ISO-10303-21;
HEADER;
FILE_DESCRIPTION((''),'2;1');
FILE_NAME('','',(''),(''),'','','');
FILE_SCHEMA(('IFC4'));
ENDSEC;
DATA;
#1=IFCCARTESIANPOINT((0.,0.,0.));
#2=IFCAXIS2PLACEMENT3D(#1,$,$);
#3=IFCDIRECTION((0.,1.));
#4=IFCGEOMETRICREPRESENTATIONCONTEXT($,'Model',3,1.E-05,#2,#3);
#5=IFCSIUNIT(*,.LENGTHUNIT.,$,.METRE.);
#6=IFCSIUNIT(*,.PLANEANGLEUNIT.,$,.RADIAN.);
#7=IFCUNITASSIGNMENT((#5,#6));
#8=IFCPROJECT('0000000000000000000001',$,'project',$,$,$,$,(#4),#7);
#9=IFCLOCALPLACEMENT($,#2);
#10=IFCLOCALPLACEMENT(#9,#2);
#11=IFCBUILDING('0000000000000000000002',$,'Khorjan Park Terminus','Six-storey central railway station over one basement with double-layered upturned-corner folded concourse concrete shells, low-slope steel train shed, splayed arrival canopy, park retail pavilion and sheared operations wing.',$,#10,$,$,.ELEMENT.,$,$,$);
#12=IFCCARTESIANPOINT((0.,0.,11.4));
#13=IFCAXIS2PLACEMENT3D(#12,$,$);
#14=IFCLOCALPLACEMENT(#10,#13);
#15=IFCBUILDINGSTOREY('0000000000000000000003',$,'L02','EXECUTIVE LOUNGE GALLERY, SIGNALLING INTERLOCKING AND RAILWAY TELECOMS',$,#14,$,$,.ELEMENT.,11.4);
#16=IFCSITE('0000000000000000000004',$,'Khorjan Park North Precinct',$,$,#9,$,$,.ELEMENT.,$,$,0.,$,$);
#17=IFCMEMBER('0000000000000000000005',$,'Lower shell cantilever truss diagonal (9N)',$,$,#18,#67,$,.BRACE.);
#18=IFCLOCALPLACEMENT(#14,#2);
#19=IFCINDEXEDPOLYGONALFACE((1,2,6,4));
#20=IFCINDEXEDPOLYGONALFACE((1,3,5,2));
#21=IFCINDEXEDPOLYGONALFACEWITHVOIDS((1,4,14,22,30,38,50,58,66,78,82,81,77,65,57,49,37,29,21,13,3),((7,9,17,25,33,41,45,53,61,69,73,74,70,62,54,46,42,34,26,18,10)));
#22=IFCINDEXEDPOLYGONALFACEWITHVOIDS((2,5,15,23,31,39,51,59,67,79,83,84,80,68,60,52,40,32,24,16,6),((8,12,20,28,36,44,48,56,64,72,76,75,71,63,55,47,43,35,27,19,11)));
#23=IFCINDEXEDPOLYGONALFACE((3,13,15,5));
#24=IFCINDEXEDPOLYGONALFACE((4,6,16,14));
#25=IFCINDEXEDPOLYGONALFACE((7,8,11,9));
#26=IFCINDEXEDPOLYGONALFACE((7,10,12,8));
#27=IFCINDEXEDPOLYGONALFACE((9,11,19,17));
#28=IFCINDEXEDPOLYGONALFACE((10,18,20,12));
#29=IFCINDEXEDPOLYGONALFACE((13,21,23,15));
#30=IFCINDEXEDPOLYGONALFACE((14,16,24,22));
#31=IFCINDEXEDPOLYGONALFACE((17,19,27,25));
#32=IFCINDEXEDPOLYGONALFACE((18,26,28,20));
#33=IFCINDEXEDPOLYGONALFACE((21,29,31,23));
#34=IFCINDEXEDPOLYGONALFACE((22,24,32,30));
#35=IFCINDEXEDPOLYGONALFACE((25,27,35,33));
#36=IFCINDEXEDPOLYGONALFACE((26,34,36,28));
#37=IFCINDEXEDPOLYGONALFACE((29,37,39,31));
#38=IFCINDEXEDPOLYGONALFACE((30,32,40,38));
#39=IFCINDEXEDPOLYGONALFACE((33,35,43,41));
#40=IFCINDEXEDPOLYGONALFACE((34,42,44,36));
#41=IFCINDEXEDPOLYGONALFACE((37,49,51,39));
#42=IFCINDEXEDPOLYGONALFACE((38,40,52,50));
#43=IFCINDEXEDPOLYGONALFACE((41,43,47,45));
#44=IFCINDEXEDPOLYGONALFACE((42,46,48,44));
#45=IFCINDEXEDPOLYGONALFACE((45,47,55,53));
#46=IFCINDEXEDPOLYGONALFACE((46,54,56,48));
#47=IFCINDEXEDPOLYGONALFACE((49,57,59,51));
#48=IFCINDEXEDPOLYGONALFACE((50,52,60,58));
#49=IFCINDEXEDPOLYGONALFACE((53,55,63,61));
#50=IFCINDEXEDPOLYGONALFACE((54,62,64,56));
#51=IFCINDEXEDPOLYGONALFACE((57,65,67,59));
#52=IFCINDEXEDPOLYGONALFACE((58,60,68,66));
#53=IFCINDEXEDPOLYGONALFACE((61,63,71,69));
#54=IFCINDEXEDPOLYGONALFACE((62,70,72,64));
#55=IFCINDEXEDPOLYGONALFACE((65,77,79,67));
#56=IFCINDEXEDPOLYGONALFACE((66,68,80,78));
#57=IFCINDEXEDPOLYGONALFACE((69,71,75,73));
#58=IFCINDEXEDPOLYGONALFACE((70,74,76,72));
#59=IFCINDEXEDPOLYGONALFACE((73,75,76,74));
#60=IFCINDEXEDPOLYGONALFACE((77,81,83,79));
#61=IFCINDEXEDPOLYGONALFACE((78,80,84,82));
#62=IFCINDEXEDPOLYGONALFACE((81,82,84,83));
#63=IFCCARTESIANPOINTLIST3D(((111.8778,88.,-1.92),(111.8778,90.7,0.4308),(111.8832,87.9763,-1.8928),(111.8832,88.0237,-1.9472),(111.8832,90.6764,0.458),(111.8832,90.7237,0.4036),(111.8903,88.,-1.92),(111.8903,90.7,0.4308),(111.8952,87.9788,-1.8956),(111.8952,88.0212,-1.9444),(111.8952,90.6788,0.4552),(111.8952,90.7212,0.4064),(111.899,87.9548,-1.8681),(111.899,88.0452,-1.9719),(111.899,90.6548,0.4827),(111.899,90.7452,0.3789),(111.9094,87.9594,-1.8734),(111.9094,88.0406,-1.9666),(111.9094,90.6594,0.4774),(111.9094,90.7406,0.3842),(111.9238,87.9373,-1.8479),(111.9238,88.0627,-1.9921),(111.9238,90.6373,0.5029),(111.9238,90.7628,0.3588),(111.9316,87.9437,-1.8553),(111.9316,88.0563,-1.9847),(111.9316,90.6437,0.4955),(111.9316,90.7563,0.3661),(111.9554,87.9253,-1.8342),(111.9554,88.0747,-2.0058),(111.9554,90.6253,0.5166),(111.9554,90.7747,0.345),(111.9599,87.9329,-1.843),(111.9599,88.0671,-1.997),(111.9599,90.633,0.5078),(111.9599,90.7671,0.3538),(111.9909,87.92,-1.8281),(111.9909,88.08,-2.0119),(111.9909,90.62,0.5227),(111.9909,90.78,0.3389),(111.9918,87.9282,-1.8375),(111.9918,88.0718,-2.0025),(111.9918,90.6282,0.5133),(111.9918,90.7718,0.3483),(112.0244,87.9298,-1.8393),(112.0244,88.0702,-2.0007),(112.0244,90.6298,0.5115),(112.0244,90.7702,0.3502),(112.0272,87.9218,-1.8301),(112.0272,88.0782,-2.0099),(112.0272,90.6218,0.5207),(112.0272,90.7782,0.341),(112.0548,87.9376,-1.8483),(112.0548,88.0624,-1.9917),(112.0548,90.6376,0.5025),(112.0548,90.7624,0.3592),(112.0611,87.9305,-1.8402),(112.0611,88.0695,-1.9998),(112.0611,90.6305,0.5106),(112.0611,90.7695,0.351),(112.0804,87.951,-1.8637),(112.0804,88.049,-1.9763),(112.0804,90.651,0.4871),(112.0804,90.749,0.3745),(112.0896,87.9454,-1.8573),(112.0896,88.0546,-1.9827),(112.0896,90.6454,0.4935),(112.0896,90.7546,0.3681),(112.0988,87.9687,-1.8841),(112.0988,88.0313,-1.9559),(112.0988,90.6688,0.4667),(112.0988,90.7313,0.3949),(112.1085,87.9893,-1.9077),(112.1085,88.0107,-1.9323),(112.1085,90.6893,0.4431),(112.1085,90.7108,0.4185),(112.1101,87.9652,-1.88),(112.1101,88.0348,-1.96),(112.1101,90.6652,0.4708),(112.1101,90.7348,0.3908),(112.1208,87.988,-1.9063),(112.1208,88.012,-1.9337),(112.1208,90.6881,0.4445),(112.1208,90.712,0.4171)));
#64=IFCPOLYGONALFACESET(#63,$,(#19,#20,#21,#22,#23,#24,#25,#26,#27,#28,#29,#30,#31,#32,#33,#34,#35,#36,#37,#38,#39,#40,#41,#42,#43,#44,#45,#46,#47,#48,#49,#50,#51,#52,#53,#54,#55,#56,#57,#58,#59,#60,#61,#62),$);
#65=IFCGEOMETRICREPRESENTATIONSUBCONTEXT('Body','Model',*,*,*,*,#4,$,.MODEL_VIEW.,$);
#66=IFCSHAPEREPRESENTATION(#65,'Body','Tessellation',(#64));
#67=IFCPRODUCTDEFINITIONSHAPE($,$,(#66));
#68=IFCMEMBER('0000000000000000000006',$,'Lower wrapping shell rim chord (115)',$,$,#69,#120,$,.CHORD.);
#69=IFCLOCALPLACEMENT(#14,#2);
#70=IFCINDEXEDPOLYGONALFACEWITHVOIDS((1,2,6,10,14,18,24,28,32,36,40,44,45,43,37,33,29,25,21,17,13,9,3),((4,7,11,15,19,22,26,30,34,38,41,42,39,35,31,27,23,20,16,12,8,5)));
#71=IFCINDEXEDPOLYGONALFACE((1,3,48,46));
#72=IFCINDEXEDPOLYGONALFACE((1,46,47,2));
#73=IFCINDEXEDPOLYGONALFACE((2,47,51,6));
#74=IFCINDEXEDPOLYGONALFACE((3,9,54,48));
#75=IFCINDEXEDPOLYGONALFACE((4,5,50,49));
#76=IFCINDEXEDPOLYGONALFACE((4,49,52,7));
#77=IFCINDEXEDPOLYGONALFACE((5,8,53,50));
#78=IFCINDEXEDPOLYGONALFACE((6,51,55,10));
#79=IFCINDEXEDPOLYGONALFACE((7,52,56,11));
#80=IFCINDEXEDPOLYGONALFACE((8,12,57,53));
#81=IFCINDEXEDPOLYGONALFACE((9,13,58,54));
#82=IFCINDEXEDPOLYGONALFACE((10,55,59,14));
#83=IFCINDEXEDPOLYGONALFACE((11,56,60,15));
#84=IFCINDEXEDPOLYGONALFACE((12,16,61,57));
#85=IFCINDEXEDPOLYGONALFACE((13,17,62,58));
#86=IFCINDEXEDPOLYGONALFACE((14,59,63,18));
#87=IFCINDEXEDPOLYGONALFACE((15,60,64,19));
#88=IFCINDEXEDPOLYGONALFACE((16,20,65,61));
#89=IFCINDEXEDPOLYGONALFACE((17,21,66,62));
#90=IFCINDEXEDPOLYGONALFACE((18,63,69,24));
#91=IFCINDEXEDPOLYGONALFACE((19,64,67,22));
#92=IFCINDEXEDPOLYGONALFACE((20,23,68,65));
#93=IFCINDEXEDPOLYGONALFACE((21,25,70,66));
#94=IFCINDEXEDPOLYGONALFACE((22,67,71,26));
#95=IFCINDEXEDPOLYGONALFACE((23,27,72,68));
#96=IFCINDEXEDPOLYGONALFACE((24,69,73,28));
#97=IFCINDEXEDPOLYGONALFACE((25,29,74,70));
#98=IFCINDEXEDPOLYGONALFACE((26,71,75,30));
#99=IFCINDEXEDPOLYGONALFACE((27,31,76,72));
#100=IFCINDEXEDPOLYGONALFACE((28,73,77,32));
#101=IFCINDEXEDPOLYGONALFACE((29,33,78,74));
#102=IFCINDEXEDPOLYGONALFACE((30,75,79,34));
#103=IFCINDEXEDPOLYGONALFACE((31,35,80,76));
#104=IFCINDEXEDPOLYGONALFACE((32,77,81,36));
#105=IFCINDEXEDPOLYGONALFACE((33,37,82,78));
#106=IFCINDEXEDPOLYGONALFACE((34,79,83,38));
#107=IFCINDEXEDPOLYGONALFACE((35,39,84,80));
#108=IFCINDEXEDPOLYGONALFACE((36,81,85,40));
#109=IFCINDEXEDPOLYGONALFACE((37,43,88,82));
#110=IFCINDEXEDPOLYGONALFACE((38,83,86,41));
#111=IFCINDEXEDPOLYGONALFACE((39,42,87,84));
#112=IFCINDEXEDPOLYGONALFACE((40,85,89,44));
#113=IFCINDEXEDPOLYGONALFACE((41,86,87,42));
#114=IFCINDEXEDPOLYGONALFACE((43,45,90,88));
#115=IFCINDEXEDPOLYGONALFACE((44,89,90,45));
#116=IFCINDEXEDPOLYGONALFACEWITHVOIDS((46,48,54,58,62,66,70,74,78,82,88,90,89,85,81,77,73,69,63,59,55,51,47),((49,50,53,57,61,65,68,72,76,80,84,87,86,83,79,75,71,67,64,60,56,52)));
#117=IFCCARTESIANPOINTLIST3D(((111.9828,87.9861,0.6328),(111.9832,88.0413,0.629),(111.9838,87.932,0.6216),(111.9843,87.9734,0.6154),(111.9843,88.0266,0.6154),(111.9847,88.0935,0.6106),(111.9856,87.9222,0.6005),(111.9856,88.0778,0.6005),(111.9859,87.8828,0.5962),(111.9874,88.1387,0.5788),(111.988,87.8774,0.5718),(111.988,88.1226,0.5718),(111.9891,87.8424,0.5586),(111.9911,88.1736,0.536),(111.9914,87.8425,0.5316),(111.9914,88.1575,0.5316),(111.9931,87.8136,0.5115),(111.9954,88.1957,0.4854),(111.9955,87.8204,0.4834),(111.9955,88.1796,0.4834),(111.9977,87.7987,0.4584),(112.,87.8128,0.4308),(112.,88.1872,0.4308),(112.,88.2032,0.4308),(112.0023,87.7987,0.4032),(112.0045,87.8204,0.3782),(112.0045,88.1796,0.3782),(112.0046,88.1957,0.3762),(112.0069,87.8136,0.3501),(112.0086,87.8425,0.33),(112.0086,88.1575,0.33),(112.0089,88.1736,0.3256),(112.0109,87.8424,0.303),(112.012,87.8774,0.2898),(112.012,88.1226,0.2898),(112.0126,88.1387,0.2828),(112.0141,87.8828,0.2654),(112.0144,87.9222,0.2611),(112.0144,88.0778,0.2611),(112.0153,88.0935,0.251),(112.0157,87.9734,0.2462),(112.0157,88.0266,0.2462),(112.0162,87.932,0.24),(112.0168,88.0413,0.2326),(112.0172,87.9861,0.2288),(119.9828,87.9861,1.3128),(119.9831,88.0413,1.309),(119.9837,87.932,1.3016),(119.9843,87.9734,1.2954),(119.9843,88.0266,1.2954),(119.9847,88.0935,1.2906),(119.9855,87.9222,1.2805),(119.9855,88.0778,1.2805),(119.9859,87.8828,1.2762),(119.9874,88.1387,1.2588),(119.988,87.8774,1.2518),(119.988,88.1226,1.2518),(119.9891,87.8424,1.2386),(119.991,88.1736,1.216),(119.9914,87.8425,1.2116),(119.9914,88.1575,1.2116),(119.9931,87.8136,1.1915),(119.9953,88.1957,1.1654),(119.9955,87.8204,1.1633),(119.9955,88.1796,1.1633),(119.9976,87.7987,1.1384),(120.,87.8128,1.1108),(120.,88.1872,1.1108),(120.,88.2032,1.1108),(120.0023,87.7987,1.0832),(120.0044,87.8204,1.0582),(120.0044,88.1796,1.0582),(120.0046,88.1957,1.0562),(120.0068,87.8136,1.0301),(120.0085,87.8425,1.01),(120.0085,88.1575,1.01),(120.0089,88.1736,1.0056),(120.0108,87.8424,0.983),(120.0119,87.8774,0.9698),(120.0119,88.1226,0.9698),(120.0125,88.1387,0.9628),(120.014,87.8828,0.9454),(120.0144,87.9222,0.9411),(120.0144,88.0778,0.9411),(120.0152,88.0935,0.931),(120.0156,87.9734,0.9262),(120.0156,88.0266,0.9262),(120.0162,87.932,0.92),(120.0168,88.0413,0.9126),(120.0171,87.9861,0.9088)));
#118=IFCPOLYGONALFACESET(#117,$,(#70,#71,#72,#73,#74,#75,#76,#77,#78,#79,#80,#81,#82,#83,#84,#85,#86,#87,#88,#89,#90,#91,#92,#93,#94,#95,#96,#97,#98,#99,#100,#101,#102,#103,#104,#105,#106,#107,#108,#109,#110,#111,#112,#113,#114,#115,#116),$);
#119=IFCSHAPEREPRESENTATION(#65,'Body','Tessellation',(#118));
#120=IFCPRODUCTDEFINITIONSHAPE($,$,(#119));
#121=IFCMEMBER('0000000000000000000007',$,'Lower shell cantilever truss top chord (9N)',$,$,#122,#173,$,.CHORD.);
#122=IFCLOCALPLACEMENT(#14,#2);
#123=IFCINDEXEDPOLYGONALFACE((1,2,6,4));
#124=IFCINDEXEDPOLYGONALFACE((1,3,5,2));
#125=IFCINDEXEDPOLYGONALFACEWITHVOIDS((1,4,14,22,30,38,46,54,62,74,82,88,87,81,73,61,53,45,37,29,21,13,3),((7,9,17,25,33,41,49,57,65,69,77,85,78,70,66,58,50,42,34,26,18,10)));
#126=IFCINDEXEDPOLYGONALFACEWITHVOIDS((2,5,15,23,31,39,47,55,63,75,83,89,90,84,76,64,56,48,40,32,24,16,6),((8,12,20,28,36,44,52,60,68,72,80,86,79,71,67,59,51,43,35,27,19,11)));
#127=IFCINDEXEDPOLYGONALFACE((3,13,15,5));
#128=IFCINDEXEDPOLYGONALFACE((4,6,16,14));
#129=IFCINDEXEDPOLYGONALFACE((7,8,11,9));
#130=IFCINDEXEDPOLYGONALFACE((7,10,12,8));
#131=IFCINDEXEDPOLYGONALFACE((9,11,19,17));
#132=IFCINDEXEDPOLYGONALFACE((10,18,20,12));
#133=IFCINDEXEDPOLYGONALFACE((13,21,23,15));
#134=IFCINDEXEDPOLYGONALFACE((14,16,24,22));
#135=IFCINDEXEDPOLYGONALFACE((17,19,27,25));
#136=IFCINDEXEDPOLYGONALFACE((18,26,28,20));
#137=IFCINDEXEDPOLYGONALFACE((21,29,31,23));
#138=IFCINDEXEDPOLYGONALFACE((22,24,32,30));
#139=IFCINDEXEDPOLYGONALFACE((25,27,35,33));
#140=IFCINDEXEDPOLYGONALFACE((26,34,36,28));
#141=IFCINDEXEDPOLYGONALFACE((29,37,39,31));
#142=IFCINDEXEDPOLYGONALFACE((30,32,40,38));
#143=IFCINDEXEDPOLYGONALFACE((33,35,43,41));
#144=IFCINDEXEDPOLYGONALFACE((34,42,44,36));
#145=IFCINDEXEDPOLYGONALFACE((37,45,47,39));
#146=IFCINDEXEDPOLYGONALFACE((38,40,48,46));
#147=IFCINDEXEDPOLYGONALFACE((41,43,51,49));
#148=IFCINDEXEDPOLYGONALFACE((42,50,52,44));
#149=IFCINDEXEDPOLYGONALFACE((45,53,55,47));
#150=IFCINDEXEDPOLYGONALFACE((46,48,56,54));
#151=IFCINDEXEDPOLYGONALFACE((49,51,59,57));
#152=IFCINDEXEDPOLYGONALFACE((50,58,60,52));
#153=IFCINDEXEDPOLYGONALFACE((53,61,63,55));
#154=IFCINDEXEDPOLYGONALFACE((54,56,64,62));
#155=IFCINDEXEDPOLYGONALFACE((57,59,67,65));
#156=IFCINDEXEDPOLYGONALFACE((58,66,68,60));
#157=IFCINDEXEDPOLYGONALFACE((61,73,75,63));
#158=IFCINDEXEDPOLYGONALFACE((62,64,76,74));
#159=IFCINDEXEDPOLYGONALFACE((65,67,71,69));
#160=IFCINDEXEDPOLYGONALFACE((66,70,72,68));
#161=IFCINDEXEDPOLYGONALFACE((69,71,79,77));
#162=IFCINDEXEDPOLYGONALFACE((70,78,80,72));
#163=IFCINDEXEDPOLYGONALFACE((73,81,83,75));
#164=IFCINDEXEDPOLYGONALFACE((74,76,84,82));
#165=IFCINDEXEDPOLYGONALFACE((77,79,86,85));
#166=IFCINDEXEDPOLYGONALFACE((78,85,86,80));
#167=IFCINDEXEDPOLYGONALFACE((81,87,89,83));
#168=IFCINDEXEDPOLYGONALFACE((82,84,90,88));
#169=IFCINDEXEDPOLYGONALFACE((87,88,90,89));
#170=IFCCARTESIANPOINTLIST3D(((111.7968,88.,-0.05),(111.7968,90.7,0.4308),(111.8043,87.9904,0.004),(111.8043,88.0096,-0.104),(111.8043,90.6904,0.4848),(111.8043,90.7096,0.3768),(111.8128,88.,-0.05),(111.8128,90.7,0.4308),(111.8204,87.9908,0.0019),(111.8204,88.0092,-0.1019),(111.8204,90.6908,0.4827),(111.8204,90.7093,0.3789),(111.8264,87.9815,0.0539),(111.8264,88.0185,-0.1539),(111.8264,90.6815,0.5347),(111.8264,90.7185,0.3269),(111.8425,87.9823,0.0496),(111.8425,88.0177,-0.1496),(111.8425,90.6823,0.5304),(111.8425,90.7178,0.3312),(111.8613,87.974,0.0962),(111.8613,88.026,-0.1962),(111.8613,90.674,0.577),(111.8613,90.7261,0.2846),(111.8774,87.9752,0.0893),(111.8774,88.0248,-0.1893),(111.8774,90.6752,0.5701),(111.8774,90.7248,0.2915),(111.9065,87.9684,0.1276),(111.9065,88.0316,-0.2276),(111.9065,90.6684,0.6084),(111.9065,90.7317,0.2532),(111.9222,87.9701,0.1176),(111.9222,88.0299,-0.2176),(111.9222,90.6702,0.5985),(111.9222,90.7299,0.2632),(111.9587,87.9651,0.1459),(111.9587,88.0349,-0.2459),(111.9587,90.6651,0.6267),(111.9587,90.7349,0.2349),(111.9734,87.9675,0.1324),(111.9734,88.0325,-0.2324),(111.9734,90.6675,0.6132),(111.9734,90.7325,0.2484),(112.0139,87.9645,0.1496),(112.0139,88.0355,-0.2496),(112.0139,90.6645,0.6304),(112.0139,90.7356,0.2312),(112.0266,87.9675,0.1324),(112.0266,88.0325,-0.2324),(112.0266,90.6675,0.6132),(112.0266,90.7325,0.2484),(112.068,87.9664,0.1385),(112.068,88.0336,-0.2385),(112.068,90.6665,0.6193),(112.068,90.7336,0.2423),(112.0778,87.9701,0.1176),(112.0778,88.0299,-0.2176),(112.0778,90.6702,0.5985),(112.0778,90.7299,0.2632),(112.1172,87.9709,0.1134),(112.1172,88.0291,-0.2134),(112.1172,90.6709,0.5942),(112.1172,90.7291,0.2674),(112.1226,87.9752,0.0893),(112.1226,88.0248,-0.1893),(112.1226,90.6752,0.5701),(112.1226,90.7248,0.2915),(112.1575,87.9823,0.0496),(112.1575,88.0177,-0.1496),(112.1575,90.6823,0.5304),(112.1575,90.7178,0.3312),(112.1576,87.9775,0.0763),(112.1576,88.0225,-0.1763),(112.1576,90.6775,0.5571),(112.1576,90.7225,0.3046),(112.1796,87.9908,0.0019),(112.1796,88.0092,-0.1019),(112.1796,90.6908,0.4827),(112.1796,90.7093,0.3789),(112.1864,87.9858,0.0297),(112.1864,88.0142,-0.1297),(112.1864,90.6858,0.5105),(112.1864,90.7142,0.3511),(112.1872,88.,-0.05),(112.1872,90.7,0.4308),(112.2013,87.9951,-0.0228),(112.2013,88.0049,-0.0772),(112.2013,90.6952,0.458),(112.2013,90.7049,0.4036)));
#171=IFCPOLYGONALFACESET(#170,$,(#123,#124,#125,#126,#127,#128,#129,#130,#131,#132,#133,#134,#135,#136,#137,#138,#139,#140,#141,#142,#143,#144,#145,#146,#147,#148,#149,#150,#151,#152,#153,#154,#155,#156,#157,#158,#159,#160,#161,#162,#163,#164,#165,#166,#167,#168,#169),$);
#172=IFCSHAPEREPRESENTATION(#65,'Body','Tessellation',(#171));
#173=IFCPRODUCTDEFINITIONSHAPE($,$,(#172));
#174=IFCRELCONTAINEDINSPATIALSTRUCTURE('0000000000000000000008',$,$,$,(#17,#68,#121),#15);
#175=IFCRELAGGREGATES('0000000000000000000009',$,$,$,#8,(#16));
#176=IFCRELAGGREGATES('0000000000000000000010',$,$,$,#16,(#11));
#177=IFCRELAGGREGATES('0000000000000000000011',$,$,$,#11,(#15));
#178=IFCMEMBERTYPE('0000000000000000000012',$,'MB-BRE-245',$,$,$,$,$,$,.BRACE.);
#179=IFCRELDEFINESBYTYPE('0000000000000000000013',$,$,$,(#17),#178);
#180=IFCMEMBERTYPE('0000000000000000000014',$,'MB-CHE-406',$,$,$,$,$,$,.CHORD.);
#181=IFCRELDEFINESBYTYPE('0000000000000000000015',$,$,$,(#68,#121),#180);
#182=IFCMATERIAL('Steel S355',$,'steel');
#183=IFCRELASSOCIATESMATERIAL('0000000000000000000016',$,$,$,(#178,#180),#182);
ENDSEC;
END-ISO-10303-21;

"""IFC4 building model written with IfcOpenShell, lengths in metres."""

from ifc_helpers import new_model, si_unit, direction, frame, origin, origin_2d, place, context, subcontext, project, spatial, hollow_circle, extrude, material, material_profile, profile_set, type_object, element, save


model = new_model("IFC4")

# Units and contexts
model_context = context("Model", 3, precision=1e-05, world=origin(), true_north=direction((0.0, 1.0)))
body_context = subcontext(model_context, "Body", "Model", "MODEL_VIEW")
ifc_project = project(units=[si_unit("LENGTHUNIT", "METRE"), si_unit("PLANEANGLEUNIT", "RADIAN")], contexts=[model_context])

# Site, building, storey
site_placement = place(None, origin())
site = spatial("IfcSite", under=ifc_project, at=site_placement, Name="Khorjan Park North Precinct", CompositionType="ELEMENT", RefElevation=0.0)
building_placement = place(site_placement, origin())
building = spatial("IfcBuilding", under=site, at=building_placement, Name="Khorjan Park Terminus", Description="Six-storey central railway station over one basement with double-layered upturned-corner folded concourse concrete shells, low-slope steel train shed, splayed arrival canopy, park retail pavilion and sheared operations wing.", CompositionType="ELEMENT")
storey_placement = place(building_placement, frame((0.0, 0.0, 11.4)))
storey = spatial("IfcBuildingStorey", under=building, at=storey_placement, Name="L02", Description="EXECUTIVE LOUNGE GALLERY, SIGNALLING INTERLOCKING AND RAILWAY TELECOMS", CompositionType="ELEMENT", Elevation=11.4)

# Members
ifc_material_1 = material(Name="Steel S355", Category="steel")
ifc_material_profile_1 = material_profile(ifc_material_1, hollow_circle(Radius=0.1222, WallThickness=0.0125, at=origin_2d()), Name="CHS 244.5x12.5")
ifc_profile_set_1 = profile_set([ifc_material_profile_1], Name="Steel S355")
member_type_1 = type_object("IfcMemberType", Name="MB-BRE-245", PredefinedType="BRACE", material=ifc_profile_set_1)
member_1_placement = place(storey_placement, frame((112.0, 88.0, -1.92), z_axis=(0.0, 0.754194, 0.656652), x_axis=(-1.0, 0.0, 0.0)))
element("IfcMember", 1, at=member_1_placement, inside=storey, type_object=member_type_1, Name="Lower shell cantilever truss diagonal (9N)", PredefinedType="BRACE", context=body_context, shape_type="SweptSolid", body=[
    extrude(hollow_circle(Radius=0.1222, WallThickness=0.0125, at=origin_2d()), origin(), (0.0, 0.0, 1.0), 3.58),
])
ifc_material_profile_2 = material_profile(ifc_material_1, hollow_circle(Radius=0.2032, WallThickness=0.016, at=origin_2d()), Name="CHS 406.4x16")
ifc_profile_set_2 = profile_set([ifc_material_profile_2], Name="Steel S355")
member_type_2 = type_object("IfcMemberType", Name="MB-CHE-406", PredefinedType="CHORD", material=ifc_profile_set_2)
member_2_placement = place(storey_placement, frame((112.0, 88.0, 0.4308), z_axis=(0.996407, 0.0, 0.084695), x_axis=(0.0, 1.0, 0.0)))
element("IfcMember", 2, at=member_2_placement, inside=storey, type_object=member_type_2, Name="Lower wrapping shell rim chord (115)", PredefinedType="CHORD", context=body_context, shape_type="SweptSolid", body=[
    extrude(hollow_circle(Radius=0.2032, WallThickness=0.016, at=origin_2d()), origin(), (0.0, 0.0, 1.0), 8.0288),
])
member_3_placement = place(storey_placement, frame((112.0, 88.0, -0.05), z_axis=(0.0, 0.984512, 0.175316), x_axis=(-1.0, 0.0, 0.0)))
element("IfcMember", 3, at=member_3_placement, inside=storey, type_object=member_type_2, Name="Lower shell cantilever truss top chord (9N)", PredefinedType="CHORD", context=body_context, shape_type="SweptSolid", body=[
    extrude(hollow_circle(Radius=0.2032, WallThickness=0.016, at=origin_2d()), origin(), (0.0, 0.0, 1.0), 2.7425),
])

save(model, "model.ifc")
